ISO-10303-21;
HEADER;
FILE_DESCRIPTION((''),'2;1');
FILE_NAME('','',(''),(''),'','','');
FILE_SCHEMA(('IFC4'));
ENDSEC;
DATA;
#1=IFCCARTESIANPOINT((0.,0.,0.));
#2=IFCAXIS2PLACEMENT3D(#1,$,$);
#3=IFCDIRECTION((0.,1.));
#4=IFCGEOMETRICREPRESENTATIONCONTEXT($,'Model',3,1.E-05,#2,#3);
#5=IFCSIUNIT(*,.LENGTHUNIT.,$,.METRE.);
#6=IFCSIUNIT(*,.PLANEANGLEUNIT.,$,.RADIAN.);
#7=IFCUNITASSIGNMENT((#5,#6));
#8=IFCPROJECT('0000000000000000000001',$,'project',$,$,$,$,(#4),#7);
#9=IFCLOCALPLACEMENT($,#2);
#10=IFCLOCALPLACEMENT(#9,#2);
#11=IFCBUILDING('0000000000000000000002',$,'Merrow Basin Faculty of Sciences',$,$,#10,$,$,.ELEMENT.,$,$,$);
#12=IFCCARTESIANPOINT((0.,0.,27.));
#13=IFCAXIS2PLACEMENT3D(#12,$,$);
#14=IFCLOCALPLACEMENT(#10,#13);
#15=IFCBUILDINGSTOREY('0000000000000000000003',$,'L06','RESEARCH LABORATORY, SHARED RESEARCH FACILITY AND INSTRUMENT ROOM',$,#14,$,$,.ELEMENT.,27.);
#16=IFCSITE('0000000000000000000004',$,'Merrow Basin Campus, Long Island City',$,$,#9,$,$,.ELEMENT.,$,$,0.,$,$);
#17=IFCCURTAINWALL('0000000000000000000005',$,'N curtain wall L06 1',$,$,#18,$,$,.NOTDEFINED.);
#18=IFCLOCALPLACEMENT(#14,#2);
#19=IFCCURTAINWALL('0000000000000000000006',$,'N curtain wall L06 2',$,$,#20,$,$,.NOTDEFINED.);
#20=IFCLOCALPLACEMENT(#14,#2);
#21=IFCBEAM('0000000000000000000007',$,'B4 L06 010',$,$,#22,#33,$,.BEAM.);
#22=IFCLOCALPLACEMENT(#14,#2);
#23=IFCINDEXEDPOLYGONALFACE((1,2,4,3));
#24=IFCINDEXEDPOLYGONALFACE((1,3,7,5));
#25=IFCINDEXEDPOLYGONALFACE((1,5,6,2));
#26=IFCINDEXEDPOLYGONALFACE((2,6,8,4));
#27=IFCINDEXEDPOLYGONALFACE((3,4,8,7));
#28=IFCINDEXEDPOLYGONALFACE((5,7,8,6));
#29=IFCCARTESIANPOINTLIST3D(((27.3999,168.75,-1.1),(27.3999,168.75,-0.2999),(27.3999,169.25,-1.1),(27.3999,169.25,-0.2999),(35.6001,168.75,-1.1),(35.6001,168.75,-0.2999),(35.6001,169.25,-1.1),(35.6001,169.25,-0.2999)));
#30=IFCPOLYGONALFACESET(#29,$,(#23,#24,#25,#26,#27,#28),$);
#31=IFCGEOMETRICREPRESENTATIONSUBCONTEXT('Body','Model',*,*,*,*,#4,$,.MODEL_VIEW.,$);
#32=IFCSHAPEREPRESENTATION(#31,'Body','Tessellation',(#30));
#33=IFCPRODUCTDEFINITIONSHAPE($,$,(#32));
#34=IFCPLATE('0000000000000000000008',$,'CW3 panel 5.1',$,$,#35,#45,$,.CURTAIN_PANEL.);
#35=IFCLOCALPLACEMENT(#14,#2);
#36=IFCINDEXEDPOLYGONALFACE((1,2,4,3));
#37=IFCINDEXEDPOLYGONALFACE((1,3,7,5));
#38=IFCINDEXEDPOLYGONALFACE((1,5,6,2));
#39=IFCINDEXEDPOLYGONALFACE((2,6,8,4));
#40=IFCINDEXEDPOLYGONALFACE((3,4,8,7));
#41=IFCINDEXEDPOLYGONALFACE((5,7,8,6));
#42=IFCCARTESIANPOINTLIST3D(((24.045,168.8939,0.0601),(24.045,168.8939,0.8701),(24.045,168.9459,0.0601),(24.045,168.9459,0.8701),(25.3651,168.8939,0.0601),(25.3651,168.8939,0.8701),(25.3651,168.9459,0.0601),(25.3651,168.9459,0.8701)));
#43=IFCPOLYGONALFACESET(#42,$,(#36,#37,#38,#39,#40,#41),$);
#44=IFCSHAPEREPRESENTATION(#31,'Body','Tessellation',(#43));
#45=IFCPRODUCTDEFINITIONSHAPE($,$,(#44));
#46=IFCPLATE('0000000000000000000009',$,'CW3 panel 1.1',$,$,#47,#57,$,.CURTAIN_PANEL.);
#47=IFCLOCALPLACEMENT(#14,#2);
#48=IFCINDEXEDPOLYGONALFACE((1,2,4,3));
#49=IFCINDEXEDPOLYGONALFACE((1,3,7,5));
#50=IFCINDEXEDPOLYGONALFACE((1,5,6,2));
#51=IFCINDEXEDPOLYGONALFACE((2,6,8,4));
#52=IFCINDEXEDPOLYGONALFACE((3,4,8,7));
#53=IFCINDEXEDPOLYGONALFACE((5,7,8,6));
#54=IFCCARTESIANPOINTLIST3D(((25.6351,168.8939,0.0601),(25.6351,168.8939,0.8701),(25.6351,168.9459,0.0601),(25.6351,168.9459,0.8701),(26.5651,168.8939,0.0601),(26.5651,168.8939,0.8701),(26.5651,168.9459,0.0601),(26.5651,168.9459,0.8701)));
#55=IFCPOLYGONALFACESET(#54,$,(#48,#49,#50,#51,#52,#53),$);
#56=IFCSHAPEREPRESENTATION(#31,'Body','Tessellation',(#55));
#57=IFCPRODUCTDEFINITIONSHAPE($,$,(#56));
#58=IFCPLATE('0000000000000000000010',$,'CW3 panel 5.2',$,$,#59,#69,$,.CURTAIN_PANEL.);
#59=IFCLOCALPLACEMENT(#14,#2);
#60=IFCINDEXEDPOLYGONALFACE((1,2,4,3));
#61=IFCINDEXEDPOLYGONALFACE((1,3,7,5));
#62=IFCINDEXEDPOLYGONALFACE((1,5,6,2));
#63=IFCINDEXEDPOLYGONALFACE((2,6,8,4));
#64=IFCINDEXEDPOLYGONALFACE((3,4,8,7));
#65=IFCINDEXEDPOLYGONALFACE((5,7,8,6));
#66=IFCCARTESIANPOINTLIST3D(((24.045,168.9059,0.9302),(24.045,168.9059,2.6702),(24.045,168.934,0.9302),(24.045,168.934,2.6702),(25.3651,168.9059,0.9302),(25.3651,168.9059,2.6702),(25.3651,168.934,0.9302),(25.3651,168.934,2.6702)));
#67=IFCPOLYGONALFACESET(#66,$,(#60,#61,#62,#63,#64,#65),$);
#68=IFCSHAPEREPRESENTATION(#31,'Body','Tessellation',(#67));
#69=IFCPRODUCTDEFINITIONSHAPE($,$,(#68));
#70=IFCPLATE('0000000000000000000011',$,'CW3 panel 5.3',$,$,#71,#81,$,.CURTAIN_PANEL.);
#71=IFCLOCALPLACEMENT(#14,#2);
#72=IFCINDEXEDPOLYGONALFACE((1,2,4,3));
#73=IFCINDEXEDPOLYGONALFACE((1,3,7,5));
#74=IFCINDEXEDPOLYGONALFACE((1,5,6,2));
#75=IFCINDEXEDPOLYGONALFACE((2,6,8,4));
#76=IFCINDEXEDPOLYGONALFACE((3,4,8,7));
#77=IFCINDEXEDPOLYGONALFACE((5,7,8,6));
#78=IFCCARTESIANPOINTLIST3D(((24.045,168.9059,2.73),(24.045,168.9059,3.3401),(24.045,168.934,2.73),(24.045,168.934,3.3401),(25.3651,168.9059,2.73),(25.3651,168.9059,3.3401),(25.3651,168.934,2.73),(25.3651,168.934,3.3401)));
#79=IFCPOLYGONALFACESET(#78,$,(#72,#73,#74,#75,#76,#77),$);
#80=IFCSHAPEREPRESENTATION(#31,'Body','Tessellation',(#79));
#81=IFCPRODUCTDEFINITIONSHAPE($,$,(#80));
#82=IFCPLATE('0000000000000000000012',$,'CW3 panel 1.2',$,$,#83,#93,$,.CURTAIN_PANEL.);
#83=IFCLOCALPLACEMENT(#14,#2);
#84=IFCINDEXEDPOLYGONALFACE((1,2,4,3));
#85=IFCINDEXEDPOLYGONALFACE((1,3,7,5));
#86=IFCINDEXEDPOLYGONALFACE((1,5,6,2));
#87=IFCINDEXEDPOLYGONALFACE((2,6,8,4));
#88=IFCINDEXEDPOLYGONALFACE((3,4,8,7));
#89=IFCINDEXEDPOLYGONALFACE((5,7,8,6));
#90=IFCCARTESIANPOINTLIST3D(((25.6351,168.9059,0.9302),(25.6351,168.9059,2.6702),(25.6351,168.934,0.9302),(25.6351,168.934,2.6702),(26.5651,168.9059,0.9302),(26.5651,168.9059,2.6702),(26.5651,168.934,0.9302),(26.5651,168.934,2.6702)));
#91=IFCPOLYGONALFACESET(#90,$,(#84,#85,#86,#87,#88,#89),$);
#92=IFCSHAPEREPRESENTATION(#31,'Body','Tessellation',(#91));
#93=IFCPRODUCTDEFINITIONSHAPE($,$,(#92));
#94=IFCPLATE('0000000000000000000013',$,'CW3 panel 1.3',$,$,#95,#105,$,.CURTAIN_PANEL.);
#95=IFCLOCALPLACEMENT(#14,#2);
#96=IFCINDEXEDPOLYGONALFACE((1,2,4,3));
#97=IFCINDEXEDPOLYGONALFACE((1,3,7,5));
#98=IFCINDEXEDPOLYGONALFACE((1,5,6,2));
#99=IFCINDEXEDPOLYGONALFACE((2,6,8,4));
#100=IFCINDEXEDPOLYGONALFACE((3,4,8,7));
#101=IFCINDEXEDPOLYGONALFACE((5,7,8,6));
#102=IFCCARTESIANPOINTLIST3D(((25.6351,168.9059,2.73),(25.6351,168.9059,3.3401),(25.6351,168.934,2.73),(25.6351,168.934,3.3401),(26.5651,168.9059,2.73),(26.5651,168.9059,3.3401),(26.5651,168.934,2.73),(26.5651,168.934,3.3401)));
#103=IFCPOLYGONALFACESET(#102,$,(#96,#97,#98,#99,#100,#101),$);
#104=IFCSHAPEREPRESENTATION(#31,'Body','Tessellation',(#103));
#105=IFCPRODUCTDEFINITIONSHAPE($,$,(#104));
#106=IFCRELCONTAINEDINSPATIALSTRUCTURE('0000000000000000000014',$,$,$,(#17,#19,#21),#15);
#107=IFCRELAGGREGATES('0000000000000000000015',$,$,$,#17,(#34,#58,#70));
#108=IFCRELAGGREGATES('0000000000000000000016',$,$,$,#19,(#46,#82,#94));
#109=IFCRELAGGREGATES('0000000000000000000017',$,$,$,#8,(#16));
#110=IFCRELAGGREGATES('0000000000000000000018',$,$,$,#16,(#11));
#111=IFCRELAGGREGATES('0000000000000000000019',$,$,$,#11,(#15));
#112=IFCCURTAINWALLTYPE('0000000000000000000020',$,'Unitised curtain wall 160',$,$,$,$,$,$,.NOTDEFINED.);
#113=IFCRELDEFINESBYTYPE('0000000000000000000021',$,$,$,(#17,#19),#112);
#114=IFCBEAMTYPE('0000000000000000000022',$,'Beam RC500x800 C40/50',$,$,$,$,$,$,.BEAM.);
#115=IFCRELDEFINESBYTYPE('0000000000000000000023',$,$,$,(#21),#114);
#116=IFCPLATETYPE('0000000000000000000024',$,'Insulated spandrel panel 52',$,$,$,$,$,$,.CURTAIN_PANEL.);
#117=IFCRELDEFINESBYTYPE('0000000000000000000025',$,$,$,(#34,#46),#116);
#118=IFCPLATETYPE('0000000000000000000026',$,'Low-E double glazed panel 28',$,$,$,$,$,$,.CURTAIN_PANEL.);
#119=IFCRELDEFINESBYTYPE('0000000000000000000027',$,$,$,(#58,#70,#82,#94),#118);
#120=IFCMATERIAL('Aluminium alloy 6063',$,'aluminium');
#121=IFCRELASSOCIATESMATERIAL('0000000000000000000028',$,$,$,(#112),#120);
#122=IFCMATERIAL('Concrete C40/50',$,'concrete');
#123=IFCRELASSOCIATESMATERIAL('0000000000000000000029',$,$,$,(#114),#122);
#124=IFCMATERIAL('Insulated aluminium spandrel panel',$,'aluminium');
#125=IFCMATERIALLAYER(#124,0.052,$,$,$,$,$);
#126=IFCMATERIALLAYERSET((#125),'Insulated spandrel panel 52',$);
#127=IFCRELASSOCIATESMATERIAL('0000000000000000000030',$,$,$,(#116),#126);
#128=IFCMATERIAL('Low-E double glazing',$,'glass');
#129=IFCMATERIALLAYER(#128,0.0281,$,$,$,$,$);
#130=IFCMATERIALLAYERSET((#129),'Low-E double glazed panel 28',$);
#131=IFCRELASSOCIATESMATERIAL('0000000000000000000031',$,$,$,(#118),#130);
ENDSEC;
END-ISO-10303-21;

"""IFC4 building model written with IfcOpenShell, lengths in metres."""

from ifc_helpers import new_model, si_unit, direction, frame, origin, origin_2d, place, context, subcontext, project, spatial, rectangle, extrude, material, layer, layer_set, material_profile, profile_set, type_object, element, aggregate, save


model = new_model("IFC4")

# Units and contexts
model_context = context("Model", 3, precision=1e-05, world=origin(), true_north=direction((0.0, 1.0)))
body_context = subcontext(model_context, "Body", "Model", "MODEL_VIEW")
ifc_project = project(units=[si_unit("LENGTHUNIT", "METRE"), si_unit("PLANEANGLEUNIT", "RADIAN")], contexts=[model_context])

# Site, building, storey
site_placement = place(None, origin())
site = spatial("IfcSite", under=ifc_project, at=site_placement, Name="Merrow Basin Campus, Long Island City", CompositionType="ELEMENT", RefElevation=0.0)
building_placement = place(site_placement, origin())
building = spatial("IfcBuilding", under=site, at=building_placement, Name="Merrow Basin Faculty of Sciences", CompositionType="ELEMENT")
storey_placement = place(building_placement, frame((0.0, 0.0, 27.0)))
storey = spatial("IfcBuildingStorey", under=building, at=storey_placement, Name="L06", Description="RESEARCH LABORATORY, SHARED RESEARCH FACILITY AND INSTRUMENT ROOM", CompositionType="ELEMENT", Elevation=27.0)

# Curtain wall
ifc_material_1 = material(Name="Aluminium alloy 6063", Category="aluminium")
curtain_wall_type = type_object("IfcCurtainWallType", Name="Unitised curtain wall 160", PredefinedType="NOTDEFINED", material=ifc_material_1)
curtain_wall_1_placement = place(storey_placement, origin())
curtain_wall_1 = element("IfcCurtainWall", 1, at=curtain_wall_1_placement, inside=storey, type_object=curtain_wall_type, Name="N curtain wall L06 1", PredefinedType="NOTDEFINED")

# Curtain wall
curtain_wall_2_placement = place(storey_placement, origin())
curtain_wall_2 = element("IfcCurtainWall", 2, at=curtain_wall_2_placement, inside=storey, type_object=curtain_wall_type, Name="N curtain wall L06 2", PredefinedType="NOTDEFINED")

# Beam
ifc_material_2 = material(Name="Concrete C40/50", Category="concrete")
ifc_material_profile_1 = material_profile(ifc_material_2, rectangle(XDim=0.5, YDim=0.8, at=origin_2d()))
ifc_profile_set_1 = profile_set([ifc_material_profile_1], Name="Concrete C40/50")
beam_type = type_object("IfcBeamType", Name="Beam RC500x800 C40/50", PredefinedType="BEAM", material=ifc_profile_set_1)
beam_placement = place(storey_placement, frame((27.3999, 169.0, -0.7), z_axis=(1.0, 0.0, 0.0), x_axis=(0.0, 1.0, 0.0)))
element("IfcBeam", 3, at=beam_placement, inside=storey, type_object=beam_type, Name="B4 L06 010", PredefinedType="BEAM", context=body_context, shape_type="SweptSolid", body=[
    extrude(rectangle(XDim=0.5, YDim=0.8, at=origin_2d()), origin(), (0.0, 0.0, 1.0), 8.2002),
])

# Plates
ifc_material_3 = material(Name="Insulated aluminium spandrel panel", Category="aluminium")
ifc_layer_1 = layer(ifc_material_3, 0.052)
ifc_layer_set_1 = layer_set([ifc_layer_1], Name="Insulated spandrel panel 52")
plate_type_1 = type_object("IfcPlateType", Name="Insulated spandrel panel 52", PredefinedType="CURTAIN_PANEL", material=ifc_layer_set_1)
plate_1_placement = place(storey_placement, frame((24.7051, 168.9199, 0.0601), z_axis=(0.0, 0.0, 1.0), x_axis=(1.0, 0.0, 0.0)))
plate_1 = element("IfcPlate", 4, at=plate_1_placement, type_object=plate_type_1, Name="CW3 panel 5.1", PredefinedType="CURTAIN_PANEL", context=body_context, shape_type="SweptSolid", body=[
    extrude(rectangle(XDim=1.3201, YDim=0.052, at=origin_2d()), origin(), (0.0, 0.0, 1.0), 0.8101),
])
plate_2_placement = place(storey_placement, frame((26.1001, 168.9199, 0.0601), z_axis=(0.0, 0.0, 1.0), x_axis=(1.0, 0.0, 0.0)))
plate_2 = element("IfcPlate", 5, at=plate_2_placement, type_object=plate_type_1, Name="CW3 panel 1.1", PredefinedType="CURTAIN_PANEL", context=body_context, shape_type="SweptSolid", body=[
    extrude(rectangle(XDim=0.9299, YDim=0.052, at=origin_2d()), origin(), (0.0, 0.0, 1.0), 0.8101),
])
ifc_material_4 = material(Name="Low-E double glazing", Category="glass")
ifc_layer_2 = layer(ifc_material_4, 0.0281)
ifc_layer_set_2 = layer_set([ifc_layer_2], Name="Low-E double glazed panel 28")
plate_type_2 = type_object("IfcPlateType", Name="Low-E double glazed panel 28", PredefinedType="CURTAIN_PANEL", material=ifc_layer_set_2)
plate_3_placement = place(storey_placement, frame((24.7051, 168.9199, 0.9302), z_axis=(0.0, 0.0, 1.0), x_axis=(1.0, 0.0, 0.0)))
plate_3 = element("IfcPlate", 6, at=plate_3_placement, type_object=plate_type_2, Name="CW3 panel 5.2", PredefinedType="CURTAIN_PANEL", context=body_context, shape_type="SweptSolid", body=[
    extrude(rectangle(XDim=1.3201, YDim=0.0281, at=origin_2d()), origin(), (0.0, 0.0, 1.0), 1.74),
])
plate_4_placement = place(storey_placement, frame((24.7051, 168.9199, 2.73), z_axis=(0.0, 0.0, 1.0), x_axis=(1.0, 0.0, 0.0)))
plate_4 = element("IfcPlate", 7, at=plate_4_placement, type_object=plate_type_2, Name="CW3 panel 5.3", PredefinedType="CURTAIN_PANEL", context=body_context, shape_type="SweptSolid", body=[
    extrude(rectangle(XDim=1.3201, YDim=0.0281, at=origin_2d()), origin(), (0.0, 0.0, 1.0), 0.6101),
])
aggregate(curtain_wall_1, [plate_1, plate_3, plate_4])
plate_5_placement = place(storey_placement, frame((26.1001, 168.9199, 0.9302), z_axis=(0.0, 0.0, 1.0), x_axis=(1.0, 0.0, 0.0)))
plate_5 = element("IfcPlate", 8, at=plate_5_placement, type_object=plate_type_2, Name="CW3 panel 1.2", PredefinedType="CURTAIN_PANEL", context=body_context, shape_type="SweptSolid", body=[
    extrude(rectangle(XDim=0.9299, YDim=0.0281, at=origin_2d()), origin(), (0.0, 0.0, 1.0), 1.74),
])
plate_6_placement = place(storey_placement, frame((26.1001, 168.9199, 2.73), z_axis=(0.0, 0.0, 1.0), x_axis=(1.0, 0.0, 0.0)))
plate_6 = element("IfcPlate", 9, at=plate_6_placement, type_object=plate_type_2, Name="CW3 panel 1.3", PredefinedType="CURTAIN_PANEL", context=body_context, shape_type="SweptSolid", body=[
    extrude(rectangle(XDim=0.9299, YDim=0.0281, at=origin_2d()), origin(), (0.0, 0.0, 1.0), 0.6101),
])
aggregate(curtain_wall_2, [plate_2, plate_5, plate_6])

save(model, "model.ifc")
